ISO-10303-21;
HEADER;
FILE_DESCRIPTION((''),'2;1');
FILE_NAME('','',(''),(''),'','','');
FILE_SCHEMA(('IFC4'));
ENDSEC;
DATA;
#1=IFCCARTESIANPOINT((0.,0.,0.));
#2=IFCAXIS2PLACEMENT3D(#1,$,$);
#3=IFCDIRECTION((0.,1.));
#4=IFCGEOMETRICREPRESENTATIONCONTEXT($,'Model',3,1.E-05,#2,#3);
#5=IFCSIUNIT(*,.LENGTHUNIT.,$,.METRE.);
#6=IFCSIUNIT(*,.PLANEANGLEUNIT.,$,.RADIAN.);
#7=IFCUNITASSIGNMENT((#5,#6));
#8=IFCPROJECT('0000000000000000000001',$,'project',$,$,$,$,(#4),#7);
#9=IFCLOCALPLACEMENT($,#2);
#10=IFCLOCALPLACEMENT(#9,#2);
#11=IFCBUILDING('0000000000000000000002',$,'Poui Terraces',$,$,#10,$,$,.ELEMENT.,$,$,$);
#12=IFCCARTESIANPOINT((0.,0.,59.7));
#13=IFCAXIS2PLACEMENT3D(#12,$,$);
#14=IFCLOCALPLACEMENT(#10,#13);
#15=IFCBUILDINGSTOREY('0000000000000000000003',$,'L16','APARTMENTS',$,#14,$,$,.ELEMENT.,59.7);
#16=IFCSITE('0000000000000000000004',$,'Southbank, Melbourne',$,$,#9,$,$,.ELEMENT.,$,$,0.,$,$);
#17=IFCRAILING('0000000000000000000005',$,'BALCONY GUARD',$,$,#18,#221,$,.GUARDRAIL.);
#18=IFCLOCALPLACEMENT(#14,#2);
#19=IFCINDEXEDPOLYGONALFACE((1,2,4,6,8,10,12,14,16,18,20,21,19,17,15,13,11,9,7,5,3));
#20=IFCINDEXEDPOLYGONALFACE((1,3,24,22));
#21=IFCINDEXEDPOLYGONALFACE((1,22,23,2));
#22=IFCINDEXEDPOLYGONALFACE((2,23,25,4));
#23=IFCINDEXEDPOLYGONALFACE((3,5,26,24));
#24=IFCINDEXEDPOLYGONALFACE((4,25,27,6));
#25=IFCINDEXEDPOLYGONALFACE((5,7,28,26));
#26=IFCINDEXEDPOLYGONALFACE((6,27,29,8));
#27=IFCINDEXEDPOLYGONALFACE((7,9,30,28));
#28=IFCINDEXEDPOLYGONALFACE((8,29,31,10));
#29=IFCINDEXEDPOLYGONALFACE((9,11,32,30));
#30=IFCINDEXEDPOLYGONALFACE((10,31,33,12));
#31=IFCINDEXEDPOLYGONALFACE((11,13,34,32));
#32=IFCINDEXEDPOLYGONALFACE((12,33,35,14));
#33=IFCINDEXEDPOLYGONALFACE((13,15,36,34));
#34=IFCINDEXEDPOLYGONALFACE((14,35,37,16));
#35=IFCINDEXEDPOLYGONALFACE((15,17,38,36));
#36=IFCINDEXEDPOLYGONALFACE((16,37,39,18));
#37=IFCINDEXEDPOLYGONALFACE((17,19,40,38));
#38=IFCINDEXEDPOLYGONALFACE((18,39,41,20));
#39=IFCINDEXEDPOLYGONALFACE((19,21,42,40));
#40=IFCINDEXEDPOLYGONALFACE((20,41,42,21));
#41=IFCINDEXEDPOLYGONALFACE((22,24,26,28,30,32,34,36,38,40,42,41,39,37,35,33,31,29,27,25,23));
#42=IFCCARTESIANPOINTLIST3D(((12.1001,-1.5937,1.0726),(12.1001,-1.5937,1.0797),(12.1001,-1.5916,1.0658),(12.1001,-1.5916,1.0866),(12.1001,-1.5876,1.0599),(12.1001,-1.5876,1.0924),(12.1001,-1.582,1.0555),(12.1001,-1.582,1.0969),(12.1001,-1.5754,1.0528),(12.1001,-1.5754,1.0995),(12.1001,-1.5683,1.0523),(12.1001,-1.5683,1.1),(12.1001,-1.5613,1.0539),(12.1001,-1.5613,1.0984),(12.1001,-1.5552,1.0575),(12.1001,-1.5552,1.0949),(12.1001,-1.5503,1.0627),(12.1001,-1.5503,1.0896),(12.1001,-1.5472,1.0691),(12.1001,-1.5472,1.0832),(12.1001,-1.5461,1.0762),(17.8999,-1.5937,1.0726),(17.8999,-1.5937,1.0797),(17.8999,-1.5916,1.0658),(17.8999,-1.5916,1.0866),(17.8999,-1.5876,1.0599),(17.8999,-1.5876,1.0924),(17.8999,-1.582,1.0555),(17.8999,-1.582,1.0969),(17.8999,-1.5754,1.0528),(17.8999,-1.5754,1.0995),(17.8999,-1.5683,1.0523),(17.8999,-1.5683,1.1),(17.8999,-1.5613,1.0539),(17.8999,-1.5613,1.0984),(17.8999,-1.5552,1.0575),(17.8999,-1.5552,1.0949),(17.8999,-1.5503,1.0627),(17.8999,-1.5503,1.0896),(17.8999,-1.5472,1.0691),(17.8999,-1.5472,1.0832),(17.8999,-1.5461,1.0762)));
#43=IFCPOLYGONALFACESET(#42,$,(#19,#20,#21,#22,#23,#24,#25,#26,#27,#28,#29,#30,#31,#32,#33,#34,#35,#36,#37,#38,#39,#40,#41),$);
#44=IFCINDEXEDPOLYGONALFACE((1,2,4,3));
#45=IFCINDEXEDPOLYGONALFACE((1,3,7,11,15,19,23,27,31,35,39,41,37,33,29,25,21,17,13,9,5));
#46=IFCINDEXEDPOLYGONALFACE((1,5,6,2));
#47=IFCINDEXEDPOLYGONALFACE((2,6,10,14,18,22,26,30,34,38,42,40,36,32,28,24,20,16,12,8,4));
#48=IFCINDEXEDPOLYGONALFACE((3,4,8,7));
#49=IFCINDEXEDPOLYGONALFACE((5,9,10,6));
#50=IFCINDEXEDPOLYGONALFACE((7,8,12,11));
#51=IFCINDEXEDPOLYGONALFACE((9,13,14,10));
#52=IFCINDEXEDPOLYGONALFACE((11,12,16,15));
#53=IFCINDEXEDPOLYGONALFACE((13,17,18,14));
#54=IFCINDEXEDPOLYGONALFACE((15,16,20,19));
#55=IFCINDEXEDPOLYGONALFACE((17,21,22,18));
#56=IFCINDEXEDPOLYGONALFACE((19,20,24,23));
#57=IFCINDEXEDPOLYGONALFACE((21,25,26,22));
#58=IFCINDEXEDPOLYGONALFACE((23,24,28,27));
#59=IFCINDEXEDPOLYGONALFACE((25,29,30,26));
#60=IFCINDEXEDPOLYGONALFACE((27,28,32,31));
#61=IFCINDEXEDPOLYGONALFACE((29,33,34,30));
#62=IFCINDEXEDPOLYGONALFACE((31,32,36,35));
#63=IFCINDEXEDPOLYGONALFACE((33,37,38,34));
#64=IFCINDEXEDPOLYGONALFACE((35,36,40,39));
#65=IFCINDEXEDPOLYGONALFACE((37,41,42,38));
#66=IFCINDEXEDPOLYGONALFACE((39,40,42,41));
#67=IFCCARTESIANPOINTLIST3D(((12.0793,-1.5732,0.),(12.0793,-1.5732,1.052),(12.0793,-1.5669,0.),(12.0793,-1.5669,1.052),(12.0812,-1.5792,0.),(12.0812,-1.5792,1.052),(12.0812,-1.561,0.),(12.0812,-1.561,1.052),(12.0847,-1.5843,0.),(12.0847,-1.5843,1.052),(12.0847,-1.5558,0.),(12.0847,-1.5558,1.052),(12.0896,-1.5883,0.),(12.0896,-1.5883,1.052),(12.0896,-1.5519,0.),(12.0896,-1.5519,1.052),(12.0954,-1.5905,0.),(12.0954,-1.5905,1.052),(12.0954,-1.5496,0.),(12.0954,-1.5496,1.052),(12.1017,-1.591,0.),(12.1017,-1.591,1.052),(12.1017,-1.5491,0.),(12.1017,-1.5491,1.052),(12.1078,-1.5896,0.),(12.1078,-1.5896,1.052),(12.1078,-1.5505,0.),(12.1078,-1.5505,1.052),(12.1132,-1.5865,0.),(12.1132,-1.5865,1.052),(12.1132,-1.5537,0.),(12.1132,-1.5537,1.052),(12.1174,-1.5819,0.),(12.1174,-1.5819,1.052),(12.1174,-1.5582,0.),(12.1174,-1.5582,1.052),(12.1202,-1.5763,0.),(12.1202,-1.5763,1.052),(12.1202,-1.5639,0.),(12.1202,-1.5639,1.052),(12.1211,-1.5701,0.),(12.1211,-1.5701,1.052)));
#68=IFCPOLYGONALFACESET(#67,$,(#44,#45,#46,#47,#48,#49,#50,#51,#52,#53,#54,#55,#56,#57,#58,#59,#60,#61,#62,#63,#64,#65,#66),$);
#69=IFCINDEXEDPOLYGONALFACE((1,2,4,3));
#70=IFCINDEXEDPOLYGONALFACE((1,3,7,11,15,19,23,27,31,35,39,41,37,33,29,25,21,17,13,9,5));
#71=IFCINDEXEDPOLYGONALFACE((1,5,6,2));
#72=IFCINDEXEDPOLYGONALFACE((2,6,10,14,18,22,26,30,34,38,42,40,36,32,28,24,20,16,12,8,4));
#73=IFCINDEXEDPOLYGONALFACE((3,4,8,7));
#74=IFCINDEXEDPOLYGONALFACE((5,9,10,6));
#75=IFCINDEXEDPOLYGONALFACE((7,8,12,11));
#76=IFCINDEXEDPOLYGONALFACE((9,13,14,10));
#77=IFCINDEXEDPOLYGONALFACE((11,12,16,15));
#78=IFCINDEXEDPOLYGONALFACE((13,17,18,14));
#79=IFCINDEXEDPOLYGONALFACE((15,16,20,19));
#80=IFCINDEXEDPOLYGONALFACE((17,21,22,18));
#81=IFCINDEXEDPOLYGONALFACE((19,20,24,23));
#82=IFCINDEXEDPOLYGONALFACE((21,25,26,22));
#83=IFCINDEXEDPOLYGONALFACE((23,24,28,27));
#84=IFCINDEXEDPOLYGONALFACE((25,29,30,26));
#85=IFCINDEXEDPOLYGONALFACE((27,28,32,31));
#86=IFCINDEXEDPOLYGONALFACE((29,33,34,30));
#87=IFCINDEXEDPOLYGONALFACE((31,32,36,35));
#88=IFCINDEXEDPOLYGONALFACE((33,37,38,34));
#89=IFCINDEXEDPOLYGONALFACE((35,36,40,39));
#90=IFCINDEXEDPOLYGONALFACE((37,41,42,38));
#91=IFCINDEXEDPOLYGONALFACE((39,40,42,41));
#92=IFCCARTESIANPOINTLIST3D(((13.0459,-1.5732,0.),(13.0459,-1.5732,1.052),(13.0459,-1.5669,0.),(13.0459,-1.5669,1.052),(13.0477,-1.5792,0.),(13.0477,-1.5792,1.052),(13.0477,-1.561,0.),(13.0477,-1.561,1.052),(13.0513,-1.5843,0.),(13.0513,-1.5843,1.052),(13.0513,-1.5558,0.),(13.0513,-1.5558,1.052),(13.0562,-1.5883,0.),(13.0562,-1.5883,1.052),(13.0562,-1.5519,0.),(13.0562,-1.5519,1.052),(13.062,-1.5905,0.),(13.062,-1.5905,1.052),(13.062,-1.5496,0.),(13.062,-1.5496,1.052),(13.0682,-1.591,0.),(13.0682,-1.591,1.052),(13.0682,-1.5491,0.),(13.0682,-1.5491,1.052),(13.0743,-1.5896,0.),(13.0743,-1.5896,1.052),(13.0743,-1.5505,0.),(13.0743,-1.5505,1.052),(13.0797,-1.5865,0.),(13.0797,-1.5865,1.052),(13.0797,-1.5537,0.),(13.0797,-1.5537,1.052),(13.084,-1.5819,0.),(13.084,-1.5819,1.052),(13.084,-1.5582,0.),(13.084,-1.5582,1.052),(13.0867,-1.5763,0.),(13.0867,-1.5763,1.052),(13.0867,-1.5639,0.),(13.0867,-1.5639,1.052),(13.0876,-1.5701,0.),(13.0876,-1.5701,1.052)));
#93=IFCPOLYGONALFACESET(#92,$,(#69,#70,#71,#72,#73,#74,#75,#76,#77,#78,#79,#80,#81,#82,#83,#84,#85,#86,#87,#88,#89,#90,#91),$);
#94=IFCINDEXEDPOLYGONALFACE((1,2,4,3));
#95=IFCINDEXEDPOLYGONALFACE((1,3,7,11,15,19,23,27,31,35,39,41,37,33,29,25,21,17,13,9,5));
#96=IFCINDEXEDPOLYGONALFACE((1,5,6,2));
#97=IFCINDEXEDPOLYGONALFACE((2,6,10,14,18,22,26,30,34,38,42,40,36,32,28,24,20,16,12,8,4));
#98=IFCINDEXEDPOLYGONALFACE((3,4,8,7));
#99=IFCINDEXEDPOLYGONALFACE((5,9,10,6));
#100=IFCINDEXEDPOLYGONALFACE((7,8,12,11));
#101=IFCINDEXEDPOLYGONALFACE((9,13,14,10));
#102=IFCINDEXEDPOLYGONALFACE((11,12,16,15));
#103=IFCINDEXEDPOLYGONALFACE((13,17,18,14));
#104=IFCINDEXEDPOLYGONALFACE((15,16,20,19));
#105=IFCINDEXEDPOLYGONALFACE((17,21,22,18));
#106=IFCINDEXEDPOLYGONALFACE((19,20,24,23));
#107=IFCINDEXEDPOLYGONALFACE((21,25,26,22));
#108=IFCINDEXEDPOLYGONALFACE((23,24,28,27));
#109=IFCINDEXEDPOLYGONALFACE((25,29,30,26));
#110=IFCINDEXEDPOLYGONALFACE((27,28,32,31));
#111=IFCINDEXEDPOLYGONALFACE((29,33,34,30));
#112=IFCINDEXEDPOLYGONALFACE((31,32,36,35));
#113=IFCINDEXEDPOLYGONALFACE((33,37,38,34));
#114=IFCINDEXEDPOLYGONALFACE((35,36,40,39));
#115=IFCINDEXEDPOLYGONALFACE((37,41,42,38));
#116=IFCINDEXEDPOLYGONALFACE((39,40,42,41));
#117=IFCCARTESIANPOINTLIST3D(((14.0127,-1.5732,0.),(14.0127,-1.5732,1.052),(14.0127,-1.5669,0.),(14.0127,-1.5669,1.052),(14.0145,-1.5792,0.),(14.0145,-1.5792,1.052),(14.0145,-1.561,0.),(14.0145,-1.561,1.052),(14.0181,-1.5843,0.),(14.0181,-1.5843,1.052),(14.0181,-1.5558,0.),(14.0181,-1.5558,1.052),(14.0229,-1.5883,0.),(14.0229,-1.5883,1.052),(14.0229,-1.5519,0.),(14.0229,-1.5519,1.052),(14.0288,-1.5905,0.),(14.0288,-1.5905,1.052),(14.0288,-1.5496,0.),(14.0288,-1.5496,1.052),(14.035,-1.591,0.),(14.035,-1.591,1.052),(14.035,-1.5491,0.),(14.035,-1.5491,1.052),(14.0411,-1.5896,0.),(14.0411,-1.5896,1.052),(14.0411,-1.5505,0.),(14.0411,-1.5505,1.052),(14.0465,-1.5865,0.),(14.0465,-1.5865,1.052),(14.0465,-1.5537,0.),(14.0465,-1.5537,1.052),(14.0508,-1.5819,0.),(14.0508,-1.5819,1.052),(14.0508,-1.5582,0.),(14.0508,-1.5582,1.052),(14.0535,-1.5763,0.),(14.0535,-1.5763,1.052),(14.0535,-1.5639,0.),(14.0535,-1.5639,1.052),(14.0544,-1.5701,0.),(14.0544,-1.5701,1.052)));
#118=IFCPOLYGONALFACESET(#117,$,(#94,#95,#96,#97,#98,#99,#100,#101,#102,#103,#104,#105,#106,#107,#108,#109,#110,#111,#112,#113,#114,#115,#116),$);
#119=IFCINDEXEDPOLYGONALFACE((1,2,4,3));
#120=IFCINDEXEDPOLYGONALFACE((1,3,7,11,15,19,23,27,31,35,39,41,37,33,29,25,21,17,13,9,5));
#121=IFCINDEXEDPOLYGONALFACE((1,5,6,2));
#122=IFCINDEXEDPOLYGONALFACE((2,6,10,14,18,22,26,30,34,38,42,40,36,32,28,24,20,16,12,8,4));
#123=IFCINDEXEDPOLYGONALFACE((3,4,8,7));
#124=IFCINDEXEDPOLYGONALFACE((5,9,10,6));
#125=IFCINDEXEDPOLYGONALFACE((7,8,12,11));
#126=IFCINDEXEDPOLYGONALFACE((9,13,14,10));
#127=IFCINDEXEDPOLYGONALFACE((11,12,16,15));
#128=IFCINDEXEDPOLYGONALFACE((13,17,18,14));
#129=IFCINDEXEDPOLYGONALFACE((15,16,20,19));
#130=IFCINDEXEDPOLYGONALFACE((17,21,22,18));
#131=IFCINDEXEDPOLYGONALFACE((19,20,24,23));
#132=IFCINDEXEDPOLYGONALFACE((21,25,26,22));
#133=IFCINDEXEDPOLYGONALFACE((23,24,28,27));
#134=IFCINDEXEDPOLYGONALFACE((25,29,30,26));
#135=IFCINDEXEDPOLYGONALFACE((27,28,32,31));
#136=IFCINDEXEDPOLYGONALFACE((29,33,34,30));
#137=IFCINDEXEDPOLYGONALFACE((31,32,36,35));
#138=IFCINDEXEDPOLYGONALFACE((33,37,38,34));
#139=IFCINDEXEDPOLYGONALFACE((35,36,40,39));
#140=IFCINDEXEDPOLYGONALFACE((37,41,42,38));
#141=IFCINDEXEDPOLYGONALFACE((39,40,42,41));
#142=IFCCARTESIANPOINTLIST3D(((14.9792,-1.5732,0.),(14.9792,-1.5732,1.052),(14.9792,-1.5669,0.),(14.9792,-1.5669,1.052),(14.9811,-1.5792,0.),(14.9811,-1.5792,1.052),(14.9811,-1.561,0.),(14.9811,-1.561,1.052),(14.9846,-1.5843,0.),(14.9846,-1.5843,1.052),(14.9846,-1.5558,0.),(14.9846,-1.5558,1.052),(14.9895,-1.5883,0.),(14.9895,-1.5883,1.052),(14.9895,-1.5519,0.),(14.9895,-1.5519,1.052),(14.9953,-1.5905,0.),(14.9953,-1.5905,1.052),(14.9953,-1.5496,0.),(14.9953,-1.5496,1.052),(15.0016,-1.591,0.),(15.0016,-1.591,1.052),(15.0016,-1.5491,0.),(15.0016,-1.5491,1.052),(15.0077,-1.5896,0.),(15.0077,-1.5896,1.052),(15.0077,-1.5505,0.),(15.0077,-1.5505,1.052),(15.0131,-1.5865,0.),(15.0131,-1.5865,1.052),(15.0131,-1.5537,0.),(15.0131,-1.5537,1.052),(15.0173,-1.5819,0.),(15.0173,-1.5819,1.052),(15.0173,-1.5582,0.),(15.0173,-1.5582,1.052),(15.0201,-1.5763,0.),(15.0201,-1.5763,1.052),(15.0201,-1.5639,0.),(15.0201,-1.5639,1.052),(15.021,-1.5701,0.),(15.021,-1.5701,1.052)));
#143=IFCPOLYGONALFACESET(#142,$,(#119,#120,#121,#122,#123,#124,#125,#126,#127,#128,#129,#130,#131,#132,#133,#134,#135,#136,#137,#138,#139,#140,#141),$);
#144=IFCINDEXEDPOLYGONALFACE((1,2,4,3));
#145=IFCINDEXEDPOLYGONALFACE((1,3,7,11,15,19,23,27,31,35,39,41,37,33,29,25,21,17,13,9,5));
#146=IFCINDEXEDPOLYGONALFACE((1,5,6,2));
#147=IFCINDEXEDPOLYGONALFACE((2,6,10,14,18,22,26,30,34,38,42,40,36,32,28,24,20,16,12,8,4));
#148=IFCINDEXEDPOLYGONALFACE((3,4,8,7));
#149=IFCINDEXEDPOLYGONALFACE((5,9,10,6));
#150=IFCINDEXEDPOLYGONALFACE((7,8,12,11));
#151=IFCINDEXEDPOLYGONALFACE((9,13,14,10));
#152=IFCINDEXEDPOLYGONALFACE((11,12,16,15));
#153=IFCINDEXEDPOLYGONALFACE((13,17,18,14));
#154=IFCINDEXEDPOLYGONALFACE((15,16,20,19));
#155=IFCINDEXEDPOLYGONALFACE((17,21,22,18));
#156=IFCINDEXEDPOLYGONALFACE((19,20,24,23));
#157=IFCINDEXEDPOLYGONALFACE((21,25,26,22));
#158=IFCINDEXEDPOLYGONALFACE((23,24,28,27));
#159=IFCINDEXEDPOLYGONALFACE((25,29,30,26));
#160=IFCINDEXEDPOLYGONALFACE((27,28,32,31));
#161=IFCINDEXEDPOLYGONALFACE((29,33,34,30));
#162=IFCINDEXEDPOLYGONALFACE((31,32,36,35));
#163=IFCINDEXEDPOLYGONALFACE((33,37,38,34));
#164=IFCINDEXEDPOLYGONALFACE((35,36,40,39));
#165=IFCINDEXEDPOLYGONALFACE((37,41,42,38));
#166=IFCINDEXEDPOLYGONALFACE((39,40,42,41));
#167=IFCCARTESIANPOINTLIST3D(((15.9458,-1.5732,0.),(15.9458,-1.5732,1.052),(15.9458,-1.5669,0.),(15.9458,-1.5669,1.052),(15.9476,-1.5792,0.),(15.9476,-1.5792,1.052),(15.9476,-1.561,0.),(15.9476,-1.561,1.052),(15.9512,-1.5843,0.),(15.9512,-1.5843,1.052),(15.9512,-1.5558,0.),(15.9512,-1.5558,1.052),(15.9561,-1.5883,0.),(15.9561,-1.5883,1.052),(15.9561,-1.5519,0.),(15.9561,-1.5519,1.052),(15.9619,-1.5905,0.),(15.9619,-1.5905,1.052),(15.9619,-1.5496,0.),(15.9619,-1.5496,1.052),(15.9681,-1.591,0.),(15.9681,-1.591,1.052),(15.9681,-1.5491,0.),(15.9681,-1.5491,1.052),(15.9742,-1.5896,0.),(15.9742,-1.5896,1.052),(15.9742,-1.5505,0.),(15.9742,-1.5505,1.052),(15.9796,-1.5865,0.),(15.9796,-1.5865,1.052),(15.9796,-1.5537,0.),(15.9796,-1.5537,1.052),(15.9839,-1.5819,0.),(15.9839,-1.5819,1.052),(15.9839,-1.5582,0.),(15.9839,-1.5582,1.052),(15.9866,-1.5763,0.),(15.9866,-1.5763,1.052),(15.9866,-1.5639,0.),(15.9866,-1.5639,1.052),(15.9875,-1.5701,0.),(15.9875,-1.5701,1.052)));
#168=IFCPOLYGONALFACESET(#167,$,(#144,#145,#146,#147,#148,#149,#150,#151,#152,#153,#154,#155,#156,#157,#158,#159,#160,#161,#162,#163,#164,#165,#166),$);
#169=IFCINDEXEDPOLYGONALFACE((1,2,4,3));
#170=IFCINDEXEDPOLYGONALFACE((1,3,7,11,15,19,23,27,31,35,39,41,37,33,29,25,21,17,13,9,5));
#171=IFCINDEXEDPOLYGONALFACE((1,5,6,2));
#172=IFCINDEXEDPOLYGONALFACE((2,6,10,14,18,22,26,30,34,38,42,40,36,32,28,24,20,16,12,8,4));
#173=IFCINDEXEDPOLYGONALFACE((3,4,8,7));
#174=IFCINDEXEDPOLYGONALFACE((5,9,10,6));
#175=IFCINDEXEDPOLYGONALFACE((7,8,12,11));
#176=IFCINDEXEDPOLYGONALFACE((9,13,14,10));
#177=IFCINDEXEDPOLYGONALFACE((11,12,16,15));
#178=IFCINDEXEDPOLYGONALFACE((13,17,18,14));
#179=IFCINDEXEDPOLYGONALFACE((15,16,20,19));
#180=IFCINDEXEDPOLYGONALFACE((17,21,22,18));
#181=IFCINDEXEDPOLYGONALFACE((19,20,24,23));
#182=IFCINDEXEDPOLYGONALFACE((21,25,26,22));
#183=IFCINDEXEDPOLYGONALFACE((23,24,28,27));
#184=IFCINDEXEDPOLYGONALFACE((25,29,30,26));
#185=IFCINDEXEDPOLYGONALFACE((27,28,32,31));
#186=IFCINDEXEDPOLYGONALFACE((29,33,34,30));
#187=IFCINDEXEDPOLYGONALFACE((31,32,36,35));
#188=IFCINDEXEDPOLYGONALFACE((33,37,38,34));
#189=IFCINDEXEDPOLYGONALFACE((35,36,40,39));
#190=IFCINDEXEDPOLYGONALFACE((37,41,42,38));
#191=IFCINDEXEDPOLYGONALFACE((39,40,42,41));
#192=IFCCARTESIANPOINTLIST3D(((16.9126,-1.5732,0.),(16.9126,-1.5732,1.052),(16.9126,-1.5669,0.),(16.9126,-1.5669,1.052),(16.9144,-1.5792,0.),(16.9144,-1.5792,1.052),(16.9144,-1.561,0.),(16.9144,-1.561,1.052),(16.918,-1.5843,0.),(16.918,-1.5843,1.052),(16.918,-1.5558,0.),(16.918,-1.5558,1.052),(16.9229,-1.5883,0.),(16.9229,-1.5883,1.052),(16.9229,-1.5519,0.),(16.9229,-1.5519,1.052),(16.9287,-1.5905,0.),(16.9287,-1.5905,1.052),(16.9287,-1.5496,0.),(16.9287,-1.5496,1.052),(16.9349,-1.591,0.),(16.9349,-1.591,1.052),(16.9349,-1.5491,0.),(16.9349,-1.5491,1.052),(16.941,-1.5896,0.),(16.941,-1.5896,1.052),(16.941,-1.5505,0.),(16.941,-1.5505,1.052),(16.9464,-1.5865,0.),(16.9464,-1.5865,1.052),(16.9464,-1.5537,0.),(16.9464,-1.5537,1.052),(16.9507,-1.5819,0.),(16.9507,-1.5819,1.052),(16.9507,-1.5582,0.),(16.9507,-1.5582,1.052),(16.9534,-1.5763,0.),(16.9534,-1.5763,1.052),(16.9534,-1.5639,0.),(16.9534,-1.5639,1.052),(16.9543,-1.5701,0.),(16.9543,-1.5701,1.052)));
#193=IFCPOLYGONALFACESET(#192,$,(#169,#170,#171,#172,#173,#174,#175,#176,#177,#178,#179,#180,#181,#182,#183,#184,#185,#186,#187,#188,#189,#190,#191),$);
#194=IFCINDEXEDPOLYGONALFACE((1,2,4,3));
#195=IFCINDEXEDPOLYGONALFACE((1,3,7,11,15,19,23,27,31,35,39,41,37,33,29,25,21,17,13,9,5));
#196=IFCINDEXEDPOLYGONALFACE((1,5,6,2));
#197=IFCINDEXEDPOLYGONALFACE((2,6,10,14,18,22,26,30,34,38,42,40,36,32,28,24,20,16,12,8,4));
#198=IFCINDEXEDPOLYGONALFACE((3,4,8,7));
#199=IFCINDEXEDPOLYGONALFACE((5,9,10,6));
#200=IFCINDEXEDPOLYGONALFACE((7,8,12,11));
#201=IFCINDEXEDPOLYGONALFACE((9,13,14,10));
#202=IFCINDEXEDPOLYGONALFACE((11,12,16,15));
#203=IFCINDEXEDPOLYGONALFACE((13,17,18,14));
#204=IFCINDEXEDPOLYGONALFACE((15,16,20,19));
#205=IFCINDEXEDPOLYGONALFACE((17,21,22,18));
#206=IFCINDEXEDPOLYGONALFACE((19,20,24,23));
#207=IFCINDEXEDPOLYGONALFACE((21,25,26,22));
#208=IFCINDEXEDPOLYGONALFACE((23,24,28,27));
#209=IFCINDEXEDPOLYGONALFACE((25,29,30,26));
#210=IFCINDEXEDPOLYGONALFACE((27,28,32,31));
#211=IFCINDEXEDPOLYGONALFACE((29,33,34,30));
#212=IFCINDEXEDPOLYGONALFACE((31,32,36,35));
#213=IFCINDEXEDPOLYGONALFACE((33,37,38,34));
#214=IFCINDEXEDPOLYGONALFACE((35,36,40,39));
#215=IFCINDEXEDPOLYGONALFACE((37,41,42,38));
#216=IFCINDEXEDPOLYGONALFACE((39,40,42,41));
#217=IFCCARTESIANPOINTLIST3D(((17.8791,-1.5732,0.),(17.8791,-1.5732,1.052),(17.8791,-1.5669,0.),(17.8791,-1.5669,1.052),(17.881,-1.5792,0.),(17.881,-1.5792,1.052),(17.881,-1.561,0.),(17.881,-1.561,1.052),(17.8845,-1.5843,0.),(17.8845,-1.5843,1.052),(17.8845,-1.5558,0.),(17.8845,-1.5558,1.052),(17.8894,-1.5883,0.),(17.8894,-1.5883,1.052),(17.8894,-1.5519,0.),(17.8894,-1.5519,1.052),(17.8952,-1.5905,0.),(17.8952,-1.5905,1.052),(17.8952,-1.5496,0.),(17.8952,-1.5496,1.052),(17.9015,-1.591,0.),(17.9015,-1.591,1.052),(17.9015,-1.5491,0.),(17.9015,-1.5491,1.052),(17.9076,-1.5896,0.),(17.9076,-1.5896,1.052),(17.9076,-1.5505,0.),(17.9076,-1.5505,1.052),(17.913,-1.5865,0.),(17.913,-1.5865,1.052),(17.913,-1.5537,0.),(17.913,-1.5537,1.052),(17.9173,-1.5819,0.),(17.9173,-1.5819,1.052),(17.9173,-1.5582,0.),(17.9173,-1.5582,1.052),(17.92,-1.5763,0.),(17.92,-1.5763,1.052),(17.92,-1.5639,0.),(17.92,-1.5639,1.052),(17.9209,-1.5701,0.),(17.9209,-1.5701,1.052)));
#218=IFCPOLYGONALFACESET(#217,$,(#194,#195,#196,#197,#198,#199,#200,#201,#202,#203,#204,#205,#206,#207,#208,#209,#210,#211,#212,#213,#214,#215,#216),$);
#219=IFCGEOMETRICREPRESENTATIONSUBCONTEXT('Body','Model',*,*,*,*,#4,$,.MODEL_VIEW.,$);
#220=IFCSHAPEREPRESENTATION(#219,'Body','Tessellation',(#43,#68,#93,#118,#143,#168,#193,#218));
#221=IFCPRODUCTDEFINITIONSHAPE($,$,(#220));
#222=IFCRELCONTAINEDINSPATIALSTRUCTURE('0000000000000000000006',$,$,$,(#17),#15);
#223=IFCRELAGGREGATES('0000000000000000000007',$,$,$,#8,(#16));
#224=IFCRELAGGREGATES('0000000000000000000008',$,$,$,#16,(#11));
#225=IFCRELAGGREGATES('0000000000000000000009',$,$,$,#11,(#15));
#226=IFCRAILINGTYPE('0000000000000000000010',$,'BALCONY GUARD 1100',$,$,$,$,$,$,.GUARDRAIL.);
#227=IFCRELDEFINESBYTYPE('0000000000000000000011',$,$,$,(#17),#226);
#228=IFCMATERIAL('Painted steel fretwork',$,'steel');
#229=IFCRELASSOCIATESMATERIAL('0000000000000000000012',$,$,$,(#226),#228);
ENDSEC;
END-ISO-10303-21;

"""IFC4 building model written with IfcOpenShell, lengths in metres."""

from ifc_helpers import new_model, si_unit, direction, frame, origin, origin_2d, place, context, subcontext, project, spatial, circle, extrude, material, type_object, element, save


model = new_model("IFC4")

# Units and contexts
model_context = context("Model", 3, precision=1e-05, world=origin(), true_north=direction((0.0, 1.0)))
body_context = subcontext(model_context, "Body", "Model", "MODEL_VIEW")
ifc_project = project(units=[si_unit("LENGTHUNIT", "METRE"), si_unit("PLANEANGLEUNIT", "RADIAN")], contexts=[model_context])

# Site, building, storey
site_placement = place(None, origin())
site = spatial("IfcSite", under=ifc_project, at=site_placement, Name="Southbank, Melbourne", CompositionType="ELEMENT", RefElevation=0.0)
building_placement = place(site_placement, origin())
building = spatial("IfcBuilding", under=site, at=building_placement, Name="Poui Terraces", CompositionType="ELEMENT")
storey_placement = place(building_placement, frame((0.0, 0.0, 59.7)))
storey = spatial("IfcBuildingStorey", under=building, at=storey_placement, Name="L16", Description="APARTMENTS", CompositionType="ELEMENT", Elevation=59.7)

# Railing
ifc_material_1 = material(Name="Painted steel fretwork", Category="steel")
railing_type = type_object("IfcRailingType", Name="BALCONY GUARD 1100", PredefinedType="GUARDRAIL", material=ifc_material_1)
railing_placement = place(storey_placement, frame((12.1001, -1.5701, 0.0)))
element("IfcRailing", 1, at=railing_placement, inside=storey, type_object=railing_type, Name="BALCONY GUARD", PredefinedType="GUARDRAIL", context=body_context, shape_type="SweptSolid", body=[
    extrude(circle(Radius=0.0239, at=origin_2d()), frame((0.0, 0.0, 1.0762), z_axis=(1.0, 0.0, 0.0), x_axis=(0.0, 1.0, 0.0)), (0.0, 0.0, 1.0), 5.7998),
    extrude(circle(Radius=0.021, at=origin_2d()), origin(), (0.0, 0.0, 1.0), 1.052),
    extrude(circle(Radius=0.021, at=origin_2d()), frame((0.9666, 0.0, 0.0)), (0.0, 0.0, 1.0), 1.052),
    extrude(circle(Radius=0.021, at=origin_2d()), frame((1.9333, 0.0, 0.0)), (0.0, 0.0, 1.0), 1.052),
    extrude(circle(Radius=0.021, at=origin_2d()), frame((2.8999, 0.0, 0.0)), (0.0, 0.0, 1.0), 1.052),
    extrude(circle(Radius=0.021, at=origin_2d()), frame((3.8665, 0.0, 0.0)), (0.0, 0.0, 1.0), 1.052),
    extrude(circle(Radius=0.021, at=origin_2d()), frame((4.8333, 0.0, 0.0)), (0.0, 0.0, 1.0), 1.052),
    extrude(circle(Radius=0.021, at=origin_2d()), frame((5.7998, 0.0, 0.0)), (0.0, 0.0, 1.0), 1.052),
])

save(model, "model.ifc")
